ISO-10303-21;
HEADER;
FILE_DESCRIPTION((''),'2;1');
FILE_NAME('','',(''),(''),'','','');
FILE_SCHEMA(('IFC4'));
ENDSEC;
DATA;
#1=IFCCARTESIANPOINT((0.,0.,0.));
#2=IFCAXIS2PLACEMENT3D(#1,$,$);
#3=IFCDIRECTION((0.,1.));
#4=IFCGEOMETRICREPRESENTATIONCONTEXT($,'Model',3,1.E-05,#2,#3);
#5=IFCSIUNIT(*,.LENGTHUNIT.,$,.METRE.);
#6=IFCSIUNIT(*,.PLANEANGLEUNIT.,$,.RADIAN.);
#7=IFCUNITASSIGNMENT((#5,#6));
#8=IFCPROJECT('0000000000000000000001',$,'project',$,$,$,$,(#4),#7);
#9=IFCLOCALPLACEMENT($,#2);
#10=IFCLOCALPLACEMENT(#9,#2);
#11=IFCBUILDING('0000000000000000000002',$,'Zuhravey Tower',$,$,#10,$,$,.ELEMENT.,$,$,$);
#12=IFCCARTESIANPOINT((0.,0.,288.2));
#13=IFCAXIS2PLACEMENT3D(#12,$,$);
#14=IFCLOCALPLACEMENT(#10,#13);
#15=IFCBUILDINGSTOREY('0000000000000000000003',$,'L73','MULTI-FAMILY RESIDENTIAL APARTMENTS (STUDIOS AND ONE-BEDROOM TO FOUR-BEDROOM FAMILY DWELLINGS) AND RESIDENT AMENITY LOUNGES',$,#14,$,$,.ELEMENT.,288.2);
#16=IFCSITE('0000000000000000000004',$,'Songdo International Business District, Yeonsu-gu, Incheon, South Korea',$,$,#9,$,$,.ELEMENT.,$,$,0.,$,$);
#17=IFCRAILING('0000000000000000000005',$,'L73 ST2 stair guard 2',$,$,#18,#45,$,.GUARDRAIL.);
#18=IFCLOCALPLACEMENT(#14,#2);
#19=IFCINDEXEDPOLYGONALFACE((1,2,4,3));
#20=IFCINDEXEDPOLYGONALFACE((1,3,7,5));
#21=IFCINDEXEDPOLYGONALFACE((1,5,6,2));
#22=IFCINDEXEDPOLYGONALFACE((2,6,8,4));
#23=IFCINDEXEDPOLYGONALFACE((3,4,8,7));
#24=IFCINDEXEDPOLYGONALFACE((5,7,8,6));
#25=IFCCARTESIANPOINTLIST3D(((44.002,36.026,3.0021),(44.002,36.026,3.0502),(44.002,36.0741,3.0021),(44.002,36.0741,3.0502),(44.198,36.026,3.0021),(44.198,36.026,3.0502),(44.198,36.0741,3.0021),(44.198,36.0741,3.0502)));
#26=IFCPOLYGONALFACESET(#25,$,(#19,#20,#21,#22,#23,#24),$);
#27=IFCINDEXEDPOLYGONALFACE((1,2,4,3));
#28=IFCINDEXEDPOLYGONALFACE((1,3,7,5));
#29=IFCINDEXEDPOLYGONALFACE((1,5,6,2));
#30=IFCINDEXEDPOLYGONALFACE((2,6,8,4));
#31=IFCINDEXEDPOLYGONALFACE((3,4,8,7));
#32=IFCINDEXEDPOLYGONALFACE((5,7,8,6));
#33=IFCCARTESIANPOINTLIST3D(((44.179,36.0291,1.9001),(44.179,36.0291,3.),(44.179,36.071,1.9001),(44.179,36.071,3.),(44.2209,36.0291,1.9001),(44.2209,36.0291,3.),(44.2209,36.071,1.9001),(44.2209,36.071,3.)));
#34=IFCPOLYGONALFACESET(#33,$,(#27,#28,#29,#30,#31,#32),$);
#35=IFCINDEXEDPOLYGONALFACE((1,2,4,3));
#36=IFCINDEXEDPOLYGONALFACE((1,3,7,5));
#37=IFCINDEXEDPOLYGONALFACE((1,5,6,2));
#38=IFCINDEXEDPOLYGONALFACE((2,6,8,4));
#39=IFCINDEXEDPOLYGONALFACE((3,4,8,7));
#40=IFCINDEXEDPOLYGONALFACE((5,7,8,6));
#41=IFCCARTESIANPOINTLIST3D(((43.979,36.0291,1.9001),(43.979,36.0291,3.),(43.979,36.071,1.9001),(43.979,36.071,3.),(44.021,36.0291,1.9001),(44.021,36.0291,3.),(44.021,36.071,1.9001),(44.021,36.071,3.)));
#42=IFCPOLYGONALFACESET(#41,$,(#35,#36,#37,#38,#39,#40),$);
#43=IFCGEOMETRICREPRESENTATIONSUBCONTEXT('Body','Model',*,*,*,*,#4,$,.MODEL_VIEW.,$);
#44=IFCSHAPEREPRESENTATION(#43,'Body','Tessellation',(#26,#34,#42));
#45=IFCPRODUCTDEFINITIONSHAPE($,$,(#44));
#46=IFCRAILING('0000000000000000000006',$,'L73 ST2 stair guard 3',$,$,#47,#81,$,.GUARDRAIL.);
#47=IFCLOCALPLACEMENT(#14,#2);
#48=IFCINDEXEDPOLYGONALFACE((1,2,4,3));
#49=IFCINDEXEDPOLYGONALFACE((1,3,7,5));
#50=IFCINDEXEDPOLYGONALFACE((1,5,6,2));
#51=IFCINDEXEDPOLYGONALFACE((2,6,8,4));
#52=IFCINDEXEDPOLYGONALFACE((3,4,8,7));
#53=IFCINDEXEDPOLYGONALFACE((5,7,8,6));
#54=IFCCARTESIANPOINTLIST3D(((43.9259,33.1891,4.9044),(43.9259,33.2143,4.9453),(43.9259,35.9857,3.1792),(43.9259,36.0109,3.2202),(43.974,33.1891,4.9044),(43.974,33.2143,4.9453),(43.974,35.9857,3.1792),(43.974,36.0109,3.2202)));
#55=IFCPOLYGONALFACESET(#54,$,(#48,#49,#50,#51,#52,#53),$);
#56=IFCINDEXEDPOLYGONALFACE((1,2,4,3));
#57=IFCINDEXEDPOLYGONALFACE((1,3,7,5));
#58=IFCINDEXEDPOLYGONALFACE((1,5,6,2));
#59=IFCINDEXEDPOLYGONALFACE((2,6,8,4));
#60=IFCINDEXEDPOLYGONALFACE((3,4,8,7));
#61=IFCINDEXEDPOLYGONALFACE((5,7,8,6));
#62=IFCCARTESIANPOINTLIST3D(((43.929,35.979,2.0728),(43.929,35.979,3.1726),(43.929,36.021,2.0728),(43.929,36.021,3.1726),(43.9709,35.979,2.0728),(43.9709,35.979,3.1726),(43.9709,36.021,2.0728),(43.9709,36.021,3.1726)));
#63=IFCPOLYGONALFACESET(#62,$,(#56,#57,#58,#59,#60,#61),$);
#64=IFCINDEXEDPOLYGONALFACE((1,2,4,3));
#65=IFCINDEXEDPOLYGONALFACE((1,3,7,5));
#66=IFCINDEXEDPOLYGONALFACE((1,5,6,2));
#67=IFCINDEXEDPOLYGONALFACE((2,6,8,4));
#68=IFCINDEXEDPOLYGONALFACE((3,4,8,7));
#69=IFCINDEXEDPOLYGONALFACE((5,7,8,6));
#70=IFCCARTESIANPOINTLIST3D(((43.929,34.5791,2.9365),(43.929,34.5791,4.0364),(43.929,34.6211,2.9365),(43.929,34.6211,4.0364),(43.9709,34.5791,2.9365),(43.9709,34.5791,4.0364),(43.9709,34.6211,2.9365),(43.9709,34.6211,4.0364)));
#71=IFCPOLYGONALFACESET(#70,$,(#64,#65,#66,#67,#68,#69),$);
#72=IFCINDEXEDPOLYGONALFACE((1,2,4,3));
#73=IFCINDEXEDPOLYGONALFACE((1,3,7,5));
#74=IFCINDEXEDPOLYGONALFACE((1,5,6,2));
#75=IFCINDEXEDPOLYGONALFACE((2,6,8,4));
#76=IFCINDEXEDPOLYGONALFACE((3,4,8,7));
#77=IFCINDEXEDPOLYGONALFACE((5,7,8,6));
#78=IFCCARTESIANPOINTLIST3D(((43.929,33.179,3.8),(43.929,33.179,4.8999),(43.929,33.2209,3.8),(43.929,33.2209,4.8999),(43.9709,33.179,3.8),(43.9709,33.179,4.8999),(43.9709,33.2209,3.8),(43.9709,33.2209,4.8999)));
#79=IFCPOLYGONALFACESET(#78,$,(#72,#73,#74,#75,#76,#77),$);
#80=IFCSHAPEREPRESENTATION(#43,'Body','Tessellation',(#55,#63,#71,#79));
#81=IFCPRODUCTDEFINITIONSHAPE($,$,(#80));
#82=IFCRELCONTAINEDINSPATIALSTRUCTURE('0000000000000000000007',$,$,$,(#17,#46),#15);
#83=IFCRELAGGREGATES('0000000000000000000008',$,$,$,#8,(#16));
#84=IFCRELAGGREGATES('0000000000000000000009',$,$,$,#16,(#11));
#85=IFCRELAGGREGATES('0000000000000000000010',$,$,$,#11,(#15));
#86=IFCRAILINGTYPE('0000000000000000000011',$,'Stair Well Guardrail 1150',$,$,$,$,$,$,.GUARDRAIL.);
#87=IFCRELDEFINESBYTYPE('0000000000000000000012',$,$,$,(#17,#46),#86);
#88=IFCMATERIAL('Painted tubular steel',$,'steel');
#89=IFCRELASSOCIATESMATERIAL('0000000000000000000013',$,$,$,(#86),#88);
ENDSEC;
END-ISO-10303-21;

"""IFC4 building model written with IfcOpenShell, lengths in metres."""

from ifc_helpers import new_model, si_unit, direction, frame, origin, origin_2d, place, context, subcontext, project, spatial, rectangle, extrude, material, type_object, element, save


model = new_model("IFC4")

# Units and contexts
model_context = context("Model", 3, precision=1e-05, world=origin(), true_north=direction((0.0, 1.0)))
body_context = subcontext(model_context, "Body", "Model", "MODEL_VIEW")
ifc_project = project(units=[si_unit("LENGTHUNIT", "METRE"), si_unit("PLANEANGLEUNIT", "RADIAN")], contexts=[model_context])

# Site, building, storey
site_placement = place(None, origin())
site = spatial("IfcSite", under=ifc_project, at=site_placement, Name="Songdo International Business District, Yeonsu-gu, Incheon, South Korea", CompositionType="ELEMENT", RefElevation=0.0)
building_placement = place(site_placement, origin())
building = spatial("IfcBuilding", under=site, at=building_placement, Name="Zuhravey Tower", CompositionType="ELEMENT")
storey_placement = place(building_placement, frame((0.0, 0.0, 288.2)))
storey = spatial("IfcBuildingStorey", under=building, at=storey_placement, Name="L73", Description="MULTI-FAMILY RESIDENTIAL APARTMENTS (STUDIOS AND ONE-BEDROOM TO FOUR-BEDROOM FAMILY DWELLINGS) AND RESIDENT AMENITY LOUNGES", CompositionType="ELEMENT", Elevation=288.2)

# Railings
ifc_material_1 = material(Name="Painted tubular steel", Category="steel")
railing_type_1 = type_object("IfcRailingType", Name="Stair Well Guardrail 1150", PredefinedType="GUARDRAIL", material=ifc_material_1)
railing_1_placement = place(storey_placement, frame((44.2, 36.05, 1.9001)))
element("IfcRailing", 1, at=railing_1_placement, inside=storey, type_object=railing_type_1, Name="L73 ST2 stair guard 2", PredefinedType="GUARDRAIL", context=body_context, shape_type="SweptSolid", body=[
    extrude(rectangle(XDim=0.0481, YDim=0.0481, at=origin_2d()), frame((-0.002, 0.0, 1.126), z_axis=(-1.0, 0.0, 0.0), x_axis=(0.0, -1.0, 0.0)), (0.0, 0.0, 1.0), 0.196),
    extrude(rectangle(XDim=0.042, YDim=0.042, at=origin_2d()), origin(), (0.0, 0.0, 1.0), 1.0999),
    extrude(rectangle(XDim=0.042, YDim=0.042, at=origin_2d()), frame((-0.2, 0.0, 0.0)), (0.0, 0.0, 1.0), 1.0999),
])
railing_2_placement = place(storey_placement, frame((43.95, 36.0, 2.0728)))
element("IfcRailing", 2, at=railing_2_placement, inside=storey, type_object=railing_type_1, Name="L73 ST2 stair guard 3", PredefinedType="GUARDRAIL", context=body_context, shape_type="SweptSolid", body=[
    extrude(rectangle(XDim=0.0481, YDim=0.0481, at=origin_2d()), frame((0.0, -0.0017, 1.127), z_axis=(0.0, -0.85109, 0.52502), x_axis=(1.0, 0.0, 0.0)), (0.0, 0.0, 1.0), 3.2859),
    extrude(rectangle(XDim=0.042, YDim=0.042, at=origin_2d()), origin(), (0.0, 0.0, 1.0), 1.0999),
    extrude(rectangle(XDim=0.042, YDim=0.042, at=origin_2d()), frame((0.0, -1.3999, 0.8638)), (0.0, 0.0, 1.0), 1.0999),
    extrude(rectangle(XDim=0.042, YDim=0.042, at=origin_2d()), frame((0.0, -2.8, 1.7273)), (0.0, 0.0, 1.0), 1.0999),
])

save(model, "model.ifc")
